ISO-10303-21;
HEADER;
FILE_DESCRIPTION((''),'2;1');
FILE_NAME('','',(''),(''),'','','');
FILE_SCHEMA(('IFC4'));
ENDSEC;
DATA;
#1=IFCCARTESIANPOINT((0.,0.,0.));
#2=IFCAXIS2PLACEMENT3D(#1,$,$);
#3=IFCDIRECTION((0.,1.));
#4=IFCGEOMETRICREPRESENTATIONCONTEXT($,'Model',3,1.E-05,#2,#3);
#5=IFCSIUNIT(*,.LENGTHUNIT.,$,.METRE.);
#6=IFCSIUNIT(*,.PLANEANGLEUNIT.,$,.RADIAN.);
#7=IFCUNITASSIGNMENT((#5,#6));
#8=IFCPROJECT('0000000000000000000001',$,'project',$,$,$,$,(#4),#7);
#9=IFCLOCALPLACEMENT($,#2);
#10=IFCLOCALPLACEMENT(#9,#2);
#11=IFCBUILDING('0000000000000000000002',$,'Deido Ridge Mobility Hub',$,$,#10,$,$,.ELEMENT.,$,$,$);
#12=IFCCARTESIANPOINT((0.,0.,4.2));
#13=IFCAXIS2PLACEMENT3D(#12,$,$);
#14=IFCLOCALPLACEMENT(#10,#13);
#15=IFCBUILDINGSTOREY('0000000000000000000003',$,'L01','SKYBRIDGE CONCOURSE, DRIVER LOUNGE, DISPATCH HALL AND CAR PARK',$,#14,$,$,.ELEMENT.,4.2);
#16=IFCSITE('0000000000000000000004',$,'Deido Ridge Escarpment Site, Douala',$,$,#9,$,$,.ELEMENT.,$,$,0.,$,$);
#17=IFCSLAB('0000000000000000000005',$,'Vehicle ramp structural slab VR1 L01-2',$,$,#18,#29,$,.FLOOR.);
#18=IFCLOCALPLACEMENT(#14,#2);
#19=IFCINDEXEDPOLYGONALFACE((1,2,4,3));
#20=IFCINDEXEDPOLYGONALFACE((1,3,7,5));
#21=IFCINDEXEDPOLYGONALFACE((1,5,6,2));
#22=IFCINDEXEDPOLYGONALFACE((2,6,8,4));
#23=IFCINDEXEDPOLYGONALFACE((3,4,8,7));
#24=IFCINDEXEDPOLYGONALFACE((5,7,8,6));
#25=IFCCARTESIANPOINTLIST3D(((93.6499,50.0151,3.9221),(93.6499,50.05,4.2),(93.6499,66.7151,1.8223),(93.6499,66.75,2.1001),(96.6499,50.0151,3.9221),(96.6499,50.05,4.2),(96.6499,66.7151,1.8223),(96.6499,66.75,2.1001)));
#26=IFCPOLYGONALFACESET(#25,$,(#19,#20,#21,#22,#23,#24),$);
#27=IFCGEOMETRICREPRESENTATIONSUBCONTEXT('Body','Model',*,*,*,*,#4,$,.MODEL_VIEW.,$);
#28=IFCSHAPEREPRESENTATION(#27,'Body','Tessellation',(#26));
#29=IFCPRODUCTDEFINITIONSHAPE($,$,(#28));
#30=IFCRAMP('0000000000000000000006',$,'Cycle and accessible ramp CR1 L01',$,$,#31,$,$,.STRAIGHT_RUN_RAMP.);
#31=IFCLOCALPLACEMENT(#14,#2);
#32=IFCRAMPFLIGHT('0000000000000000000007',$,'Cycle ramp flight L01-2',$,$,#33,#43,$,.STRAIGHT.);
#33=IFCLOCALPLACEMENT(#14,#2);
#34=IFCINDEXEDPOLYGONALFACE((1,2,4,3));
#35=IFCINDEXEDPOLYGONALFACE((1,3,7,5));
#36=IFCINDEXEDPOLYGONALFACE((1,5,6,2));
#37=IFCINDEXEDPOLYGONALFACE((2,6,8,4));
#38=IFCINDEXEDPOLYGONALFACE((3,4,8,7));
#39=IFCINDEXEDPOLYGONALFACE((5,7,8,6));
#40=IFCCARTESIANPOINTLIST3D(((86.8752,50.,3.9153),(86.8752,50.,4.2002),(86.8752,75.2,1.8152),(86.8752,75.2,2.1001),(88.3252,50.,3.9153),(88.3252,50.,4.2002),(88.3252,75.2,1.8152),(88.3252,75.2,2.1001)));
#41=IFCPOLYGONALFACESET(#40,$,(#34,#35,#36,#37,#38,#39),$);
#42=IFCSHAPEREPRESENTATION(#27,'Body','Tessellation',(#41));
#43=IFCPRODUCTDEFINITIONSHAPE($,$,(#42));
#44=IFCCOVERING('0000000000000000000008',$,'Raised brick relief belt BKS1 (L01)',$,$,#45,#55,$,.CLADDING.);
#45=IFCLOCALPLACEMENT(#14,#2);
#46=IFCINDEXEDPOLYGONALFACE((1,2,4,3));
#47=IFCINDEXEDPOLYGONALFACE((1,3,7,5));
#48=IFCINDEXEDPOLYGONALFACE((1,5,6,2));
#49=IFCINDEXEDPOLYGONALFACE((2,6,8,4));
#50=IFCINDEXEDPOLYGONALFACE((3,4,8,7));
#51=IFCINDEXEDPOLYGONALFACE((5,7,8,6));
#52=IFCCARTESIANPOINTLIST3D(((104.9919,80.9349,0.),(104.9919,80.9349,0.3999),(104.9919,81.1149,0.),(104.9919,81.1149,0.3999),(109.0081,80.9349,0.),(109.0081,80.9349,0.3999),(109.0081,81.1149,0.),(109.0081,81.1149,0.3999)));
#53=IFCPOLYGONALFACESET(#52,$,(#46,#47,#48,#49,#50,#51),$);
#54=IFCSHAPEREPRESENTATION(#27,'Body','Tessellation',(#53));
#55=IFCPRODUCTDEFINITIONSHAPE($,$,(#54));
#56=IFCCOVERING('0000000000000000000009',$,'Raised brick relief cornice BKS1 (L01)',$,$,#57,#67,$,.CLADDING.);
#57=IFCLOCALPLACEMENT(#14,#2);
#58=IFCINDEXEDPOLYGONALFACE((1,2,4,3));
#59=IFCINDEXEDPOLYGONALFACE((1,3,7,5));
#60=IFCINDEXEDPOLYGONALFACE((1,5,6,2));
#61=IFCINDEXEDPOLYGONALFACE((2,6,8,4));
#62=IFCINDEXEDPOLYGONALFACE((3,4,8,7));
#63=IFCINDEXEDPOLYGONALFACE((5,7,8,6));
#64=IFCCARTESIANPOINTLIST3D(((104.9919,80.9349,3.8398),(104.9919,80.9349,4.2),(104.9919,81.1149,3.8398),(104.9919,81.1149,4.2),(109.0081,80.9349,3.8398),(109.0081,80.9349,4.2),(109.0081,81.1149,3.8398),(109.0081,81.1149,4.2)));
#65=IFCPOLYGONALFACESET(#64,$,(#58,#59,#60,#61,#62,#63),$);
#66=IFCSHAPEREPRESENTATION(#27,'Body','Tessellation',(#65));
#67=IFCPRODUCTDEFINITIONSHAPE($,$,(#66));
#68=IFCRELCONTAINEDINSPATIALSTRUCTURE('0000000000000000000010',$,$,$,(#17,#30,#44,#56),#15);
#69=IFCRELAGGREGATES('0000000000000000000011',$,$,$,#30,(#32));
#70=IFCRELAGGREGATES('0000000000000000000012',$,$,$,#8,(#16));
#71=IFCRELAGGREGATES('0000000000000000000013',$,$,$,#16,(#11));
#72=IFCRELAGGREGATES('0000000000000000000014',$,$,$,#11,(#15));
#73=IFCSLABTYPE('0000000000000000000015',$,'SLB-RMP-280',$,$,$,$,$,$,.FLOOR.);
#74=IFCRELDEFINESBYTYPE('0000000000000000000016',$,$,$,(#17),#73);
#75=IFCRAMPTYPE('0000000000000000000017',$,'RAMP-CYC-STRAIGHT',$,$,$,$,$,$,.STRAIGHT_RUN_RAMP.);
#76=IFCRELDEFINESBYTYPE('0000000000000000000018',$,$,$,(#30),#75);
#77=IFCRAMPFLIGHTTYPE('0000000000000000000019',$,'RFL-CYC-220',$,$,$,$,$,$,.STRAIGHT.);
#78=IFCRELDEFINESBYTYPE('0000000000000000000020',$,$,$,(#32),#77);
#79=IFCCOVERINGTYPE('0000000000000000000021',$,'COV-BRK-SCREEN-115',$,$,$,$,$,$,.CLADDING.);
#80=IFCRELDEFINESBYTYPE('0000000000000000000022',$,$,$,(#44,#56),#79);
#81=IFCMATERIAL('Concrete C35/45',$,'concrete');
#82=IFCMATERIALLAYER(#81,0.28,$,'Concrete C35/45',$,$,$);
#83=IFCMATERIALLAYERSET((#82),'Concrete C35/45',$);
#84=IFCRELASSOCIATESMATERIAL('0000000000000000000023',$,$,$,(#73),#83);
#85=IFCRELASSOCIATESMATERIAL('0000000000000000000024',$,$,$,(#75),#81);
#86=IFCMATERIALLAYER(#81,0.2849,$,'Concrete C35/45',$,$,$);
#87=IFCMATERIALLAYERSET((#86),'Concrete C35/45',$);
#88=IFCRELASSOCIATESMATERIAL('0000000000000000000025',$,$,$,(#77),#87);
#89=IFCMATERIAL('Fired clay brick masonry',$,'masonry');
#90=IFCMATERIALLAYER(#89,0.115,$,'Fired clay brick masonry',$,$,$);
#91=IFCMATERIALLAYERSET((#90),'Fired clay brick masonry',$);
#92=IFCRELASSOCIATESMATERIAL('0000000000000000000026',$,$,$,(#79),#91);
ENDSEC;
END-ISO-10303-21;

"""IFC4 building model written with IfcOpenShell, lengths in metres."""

from ifc_helpers import new_model, si_unit, direction, frame, origin, origin_2d, place, context, subcontext, project, spatial, polyline, rectangle, outline, extrude, material, layer, layer_set, type_object, element, aggregate, save


model = new_model("IFC4")

# Units and contexts
model_context = context("Model", 3, precision=1e-05, world=origin(), true_north=direction((0.0, 1.0)))
body_context = subcontext(model_context, "Body", "Model", "MODEL_VIEW")
ifc_project = project(units=[si_unit("LENGTHUNIT", "METRE"), si_unit("PLANEANGLEUNIT", "RADIAN")], contexts=[model_context])

# Site, building, storey
site_placement = place(None, origin())
site = spatial("IfcSite", under=ifc_project, at=site_placement, Name="Deido Ridge Escarpment Site, Douala", CompositionType="ELEMENT", RefElevation=0.0)
building_placement = place(site_placement, origin())
building = spatial("IfcBuilding", under=site, at=building_placement, Name="Deido Ridge Mobility Hub", CompositionType="ELEMENT")
storey_placement = place(building_placement, frame((0.0, 0.0, 4.2)))
storey = spatial("IfcBuildingStorey", under=building, at=storey_placement, Name="L01", Description="SKYBRIDGE CONCOURSE, DRIVER LOUNGE, DISPATCH HALL AND CAR PARK", CompositionType="ELEMENT", Elevation=4.2)

# Slab
ifc_material_1 = material(Name="Concrete C35/45", Category="concrete")
ifc_layer_1 = layer(ifc_material_1, 0.28, Name="Concrete C35/45")
ifc_layer_set_1 = layer_set([ifc_layer_1], Name="Concrete C35/45")
slab_type = type_object("IfcSlabType", Name="SLB-RMP-280", PredefinedType="FLOOR", material=ifc_layer_set_1)
slab_placement = place(storey_placement, frame((93.6499, 66.75, 2.1001), z_axis=(0.0, 0.124758, 0.992187), x_axis=(1.0, 0.0, 0.0)))
element("IfcSlab", 1, at=slab_placement, inside=storey, type_object=slab_type, Name="Vehicle ramp structural slab VR1 L01-2", PredefinedType="FLOOR", context=body_context, shape_type="SweptSolid", body=[
    extrude(outline(polyline([(0.0, 0.0), (3.0, 0.0), (3.0, -16.8315), (0.0, -16.8315), (0.0, 0.0)])), origin(), (0.0, 0.0, -1.0), 0.28),
])

# Ramp, ramp flight
ramp_type = type_object("IfcRampType", Name="RAMP-CYC-STRAIGHT", PredefinedType="STRAIGHT_RUN_RAMP", material=ifc_material_1)
ramp_placement = place(storey_placement, origin())
ramp = element("IfcRamp", 2, at=ramp_placement, inside=storey, type_object=ramp_type, Name="Cycle and accessible ramp CR1 L01", PredefinedType="STRAIGHT_RUN_RAMP")
ifc_layer_2 = layer(ifc_material_1, 0.2849, Name="Concrete C35/45")
ifc_layer_set_2 = layer_set([ifc_layer_2], Name="Concrete C35/45")
ramp_flight_type = type_object("IfcRampFlightType", Name="RFL-CYC-220", PredefinedType="STRAIGHT", material=ifc_layer_set_2)
ramp_flight_placement = place(storey_placement, frame((87.6001, 75.2, 2.1001), z_axis=(0.0, 0.0, 1.0), x_axis=(0.0, -1.0, 0.0)))
ramp_flight = element("IfcRampFlight", 3, at=ramp_flight_placement, type_object=ramp_flight_type, Name="Cycle ramp flight L01-2", PredefinedType="STRAIGHT", context=body_context, shape_type="SweptSolid", body=[
    extrude(outline(polyline([(0.0, 0.0), (0.0, -0.2849), (25.2, 1.8152), (25.2, 2.1001), (0.0, 0.0)])), frame((0.0, 0.7251, 0.0), z_axis=(0.0, -1.0, 0.0), x_axis=(1.0, 0.0, 0.0)), (0.0, 0.0, 1.0), 1.45),
])
aggregate(ramp, [ramp_flight])

# Coverings
ifc_material_2 = material(Name="Fired clay brick masonry", Category="masonry")
ifc_layer_3 = layer(ifc_material_2, 0.115, Name="Fired clay brick masonry")
ifc_layer_set_3 = layer_set([ifc_layer_3], Name="Fired clay brick masonry")
covering_type = type_object("IfcCoveringType", Name="COV-BRK-SCREEN-115", PredefinedType="CLADDING", material=ifc_layer_set_3)
covering_1_placement = place(storey_placement, frame((107.0, 81.0249, 0.0), z_axis=(0.0, 0.0, 1.0), x_axis=(1.0, 0.0, 0.0)))
element("IfcCovering", 4, at=covering_1_placement, inside=storey, type_object=covering_type, Name="Raised brick relief belt BKS1 (L01)", PredefinedType="CLADDING", context=body_context, shape_type="SweptSolid", body=[
    extrude(rectangle(XDim=4.0161, YDim=0.1799, at=origin_2d()), origin(), (0.0, 0.0, 1.0), 0.3999),
])
covering_2_placement = place(storey_placement, frame((107.0, 81.0249, 3.8398), z_axis=(0.0, 0.0, 1.0), x_axis=(1.0, 0.0, 0.0)))
element("IfcCovering", 5, at=covering_2_placement, inside=storey, type_object=covering_type, Name="Raised brick relief cornice BKS1 (L01)", PredefinedType="CLADDING", context=body_context, shape_type="SweptSolid", body=[
    extrude(rectangle(XDim=4.0161, YDim=0.1799, at=origin_2d()), origin(), (0.0, 0.0, 1.0), 0.3601),
])

save(model, "model.ifc")
